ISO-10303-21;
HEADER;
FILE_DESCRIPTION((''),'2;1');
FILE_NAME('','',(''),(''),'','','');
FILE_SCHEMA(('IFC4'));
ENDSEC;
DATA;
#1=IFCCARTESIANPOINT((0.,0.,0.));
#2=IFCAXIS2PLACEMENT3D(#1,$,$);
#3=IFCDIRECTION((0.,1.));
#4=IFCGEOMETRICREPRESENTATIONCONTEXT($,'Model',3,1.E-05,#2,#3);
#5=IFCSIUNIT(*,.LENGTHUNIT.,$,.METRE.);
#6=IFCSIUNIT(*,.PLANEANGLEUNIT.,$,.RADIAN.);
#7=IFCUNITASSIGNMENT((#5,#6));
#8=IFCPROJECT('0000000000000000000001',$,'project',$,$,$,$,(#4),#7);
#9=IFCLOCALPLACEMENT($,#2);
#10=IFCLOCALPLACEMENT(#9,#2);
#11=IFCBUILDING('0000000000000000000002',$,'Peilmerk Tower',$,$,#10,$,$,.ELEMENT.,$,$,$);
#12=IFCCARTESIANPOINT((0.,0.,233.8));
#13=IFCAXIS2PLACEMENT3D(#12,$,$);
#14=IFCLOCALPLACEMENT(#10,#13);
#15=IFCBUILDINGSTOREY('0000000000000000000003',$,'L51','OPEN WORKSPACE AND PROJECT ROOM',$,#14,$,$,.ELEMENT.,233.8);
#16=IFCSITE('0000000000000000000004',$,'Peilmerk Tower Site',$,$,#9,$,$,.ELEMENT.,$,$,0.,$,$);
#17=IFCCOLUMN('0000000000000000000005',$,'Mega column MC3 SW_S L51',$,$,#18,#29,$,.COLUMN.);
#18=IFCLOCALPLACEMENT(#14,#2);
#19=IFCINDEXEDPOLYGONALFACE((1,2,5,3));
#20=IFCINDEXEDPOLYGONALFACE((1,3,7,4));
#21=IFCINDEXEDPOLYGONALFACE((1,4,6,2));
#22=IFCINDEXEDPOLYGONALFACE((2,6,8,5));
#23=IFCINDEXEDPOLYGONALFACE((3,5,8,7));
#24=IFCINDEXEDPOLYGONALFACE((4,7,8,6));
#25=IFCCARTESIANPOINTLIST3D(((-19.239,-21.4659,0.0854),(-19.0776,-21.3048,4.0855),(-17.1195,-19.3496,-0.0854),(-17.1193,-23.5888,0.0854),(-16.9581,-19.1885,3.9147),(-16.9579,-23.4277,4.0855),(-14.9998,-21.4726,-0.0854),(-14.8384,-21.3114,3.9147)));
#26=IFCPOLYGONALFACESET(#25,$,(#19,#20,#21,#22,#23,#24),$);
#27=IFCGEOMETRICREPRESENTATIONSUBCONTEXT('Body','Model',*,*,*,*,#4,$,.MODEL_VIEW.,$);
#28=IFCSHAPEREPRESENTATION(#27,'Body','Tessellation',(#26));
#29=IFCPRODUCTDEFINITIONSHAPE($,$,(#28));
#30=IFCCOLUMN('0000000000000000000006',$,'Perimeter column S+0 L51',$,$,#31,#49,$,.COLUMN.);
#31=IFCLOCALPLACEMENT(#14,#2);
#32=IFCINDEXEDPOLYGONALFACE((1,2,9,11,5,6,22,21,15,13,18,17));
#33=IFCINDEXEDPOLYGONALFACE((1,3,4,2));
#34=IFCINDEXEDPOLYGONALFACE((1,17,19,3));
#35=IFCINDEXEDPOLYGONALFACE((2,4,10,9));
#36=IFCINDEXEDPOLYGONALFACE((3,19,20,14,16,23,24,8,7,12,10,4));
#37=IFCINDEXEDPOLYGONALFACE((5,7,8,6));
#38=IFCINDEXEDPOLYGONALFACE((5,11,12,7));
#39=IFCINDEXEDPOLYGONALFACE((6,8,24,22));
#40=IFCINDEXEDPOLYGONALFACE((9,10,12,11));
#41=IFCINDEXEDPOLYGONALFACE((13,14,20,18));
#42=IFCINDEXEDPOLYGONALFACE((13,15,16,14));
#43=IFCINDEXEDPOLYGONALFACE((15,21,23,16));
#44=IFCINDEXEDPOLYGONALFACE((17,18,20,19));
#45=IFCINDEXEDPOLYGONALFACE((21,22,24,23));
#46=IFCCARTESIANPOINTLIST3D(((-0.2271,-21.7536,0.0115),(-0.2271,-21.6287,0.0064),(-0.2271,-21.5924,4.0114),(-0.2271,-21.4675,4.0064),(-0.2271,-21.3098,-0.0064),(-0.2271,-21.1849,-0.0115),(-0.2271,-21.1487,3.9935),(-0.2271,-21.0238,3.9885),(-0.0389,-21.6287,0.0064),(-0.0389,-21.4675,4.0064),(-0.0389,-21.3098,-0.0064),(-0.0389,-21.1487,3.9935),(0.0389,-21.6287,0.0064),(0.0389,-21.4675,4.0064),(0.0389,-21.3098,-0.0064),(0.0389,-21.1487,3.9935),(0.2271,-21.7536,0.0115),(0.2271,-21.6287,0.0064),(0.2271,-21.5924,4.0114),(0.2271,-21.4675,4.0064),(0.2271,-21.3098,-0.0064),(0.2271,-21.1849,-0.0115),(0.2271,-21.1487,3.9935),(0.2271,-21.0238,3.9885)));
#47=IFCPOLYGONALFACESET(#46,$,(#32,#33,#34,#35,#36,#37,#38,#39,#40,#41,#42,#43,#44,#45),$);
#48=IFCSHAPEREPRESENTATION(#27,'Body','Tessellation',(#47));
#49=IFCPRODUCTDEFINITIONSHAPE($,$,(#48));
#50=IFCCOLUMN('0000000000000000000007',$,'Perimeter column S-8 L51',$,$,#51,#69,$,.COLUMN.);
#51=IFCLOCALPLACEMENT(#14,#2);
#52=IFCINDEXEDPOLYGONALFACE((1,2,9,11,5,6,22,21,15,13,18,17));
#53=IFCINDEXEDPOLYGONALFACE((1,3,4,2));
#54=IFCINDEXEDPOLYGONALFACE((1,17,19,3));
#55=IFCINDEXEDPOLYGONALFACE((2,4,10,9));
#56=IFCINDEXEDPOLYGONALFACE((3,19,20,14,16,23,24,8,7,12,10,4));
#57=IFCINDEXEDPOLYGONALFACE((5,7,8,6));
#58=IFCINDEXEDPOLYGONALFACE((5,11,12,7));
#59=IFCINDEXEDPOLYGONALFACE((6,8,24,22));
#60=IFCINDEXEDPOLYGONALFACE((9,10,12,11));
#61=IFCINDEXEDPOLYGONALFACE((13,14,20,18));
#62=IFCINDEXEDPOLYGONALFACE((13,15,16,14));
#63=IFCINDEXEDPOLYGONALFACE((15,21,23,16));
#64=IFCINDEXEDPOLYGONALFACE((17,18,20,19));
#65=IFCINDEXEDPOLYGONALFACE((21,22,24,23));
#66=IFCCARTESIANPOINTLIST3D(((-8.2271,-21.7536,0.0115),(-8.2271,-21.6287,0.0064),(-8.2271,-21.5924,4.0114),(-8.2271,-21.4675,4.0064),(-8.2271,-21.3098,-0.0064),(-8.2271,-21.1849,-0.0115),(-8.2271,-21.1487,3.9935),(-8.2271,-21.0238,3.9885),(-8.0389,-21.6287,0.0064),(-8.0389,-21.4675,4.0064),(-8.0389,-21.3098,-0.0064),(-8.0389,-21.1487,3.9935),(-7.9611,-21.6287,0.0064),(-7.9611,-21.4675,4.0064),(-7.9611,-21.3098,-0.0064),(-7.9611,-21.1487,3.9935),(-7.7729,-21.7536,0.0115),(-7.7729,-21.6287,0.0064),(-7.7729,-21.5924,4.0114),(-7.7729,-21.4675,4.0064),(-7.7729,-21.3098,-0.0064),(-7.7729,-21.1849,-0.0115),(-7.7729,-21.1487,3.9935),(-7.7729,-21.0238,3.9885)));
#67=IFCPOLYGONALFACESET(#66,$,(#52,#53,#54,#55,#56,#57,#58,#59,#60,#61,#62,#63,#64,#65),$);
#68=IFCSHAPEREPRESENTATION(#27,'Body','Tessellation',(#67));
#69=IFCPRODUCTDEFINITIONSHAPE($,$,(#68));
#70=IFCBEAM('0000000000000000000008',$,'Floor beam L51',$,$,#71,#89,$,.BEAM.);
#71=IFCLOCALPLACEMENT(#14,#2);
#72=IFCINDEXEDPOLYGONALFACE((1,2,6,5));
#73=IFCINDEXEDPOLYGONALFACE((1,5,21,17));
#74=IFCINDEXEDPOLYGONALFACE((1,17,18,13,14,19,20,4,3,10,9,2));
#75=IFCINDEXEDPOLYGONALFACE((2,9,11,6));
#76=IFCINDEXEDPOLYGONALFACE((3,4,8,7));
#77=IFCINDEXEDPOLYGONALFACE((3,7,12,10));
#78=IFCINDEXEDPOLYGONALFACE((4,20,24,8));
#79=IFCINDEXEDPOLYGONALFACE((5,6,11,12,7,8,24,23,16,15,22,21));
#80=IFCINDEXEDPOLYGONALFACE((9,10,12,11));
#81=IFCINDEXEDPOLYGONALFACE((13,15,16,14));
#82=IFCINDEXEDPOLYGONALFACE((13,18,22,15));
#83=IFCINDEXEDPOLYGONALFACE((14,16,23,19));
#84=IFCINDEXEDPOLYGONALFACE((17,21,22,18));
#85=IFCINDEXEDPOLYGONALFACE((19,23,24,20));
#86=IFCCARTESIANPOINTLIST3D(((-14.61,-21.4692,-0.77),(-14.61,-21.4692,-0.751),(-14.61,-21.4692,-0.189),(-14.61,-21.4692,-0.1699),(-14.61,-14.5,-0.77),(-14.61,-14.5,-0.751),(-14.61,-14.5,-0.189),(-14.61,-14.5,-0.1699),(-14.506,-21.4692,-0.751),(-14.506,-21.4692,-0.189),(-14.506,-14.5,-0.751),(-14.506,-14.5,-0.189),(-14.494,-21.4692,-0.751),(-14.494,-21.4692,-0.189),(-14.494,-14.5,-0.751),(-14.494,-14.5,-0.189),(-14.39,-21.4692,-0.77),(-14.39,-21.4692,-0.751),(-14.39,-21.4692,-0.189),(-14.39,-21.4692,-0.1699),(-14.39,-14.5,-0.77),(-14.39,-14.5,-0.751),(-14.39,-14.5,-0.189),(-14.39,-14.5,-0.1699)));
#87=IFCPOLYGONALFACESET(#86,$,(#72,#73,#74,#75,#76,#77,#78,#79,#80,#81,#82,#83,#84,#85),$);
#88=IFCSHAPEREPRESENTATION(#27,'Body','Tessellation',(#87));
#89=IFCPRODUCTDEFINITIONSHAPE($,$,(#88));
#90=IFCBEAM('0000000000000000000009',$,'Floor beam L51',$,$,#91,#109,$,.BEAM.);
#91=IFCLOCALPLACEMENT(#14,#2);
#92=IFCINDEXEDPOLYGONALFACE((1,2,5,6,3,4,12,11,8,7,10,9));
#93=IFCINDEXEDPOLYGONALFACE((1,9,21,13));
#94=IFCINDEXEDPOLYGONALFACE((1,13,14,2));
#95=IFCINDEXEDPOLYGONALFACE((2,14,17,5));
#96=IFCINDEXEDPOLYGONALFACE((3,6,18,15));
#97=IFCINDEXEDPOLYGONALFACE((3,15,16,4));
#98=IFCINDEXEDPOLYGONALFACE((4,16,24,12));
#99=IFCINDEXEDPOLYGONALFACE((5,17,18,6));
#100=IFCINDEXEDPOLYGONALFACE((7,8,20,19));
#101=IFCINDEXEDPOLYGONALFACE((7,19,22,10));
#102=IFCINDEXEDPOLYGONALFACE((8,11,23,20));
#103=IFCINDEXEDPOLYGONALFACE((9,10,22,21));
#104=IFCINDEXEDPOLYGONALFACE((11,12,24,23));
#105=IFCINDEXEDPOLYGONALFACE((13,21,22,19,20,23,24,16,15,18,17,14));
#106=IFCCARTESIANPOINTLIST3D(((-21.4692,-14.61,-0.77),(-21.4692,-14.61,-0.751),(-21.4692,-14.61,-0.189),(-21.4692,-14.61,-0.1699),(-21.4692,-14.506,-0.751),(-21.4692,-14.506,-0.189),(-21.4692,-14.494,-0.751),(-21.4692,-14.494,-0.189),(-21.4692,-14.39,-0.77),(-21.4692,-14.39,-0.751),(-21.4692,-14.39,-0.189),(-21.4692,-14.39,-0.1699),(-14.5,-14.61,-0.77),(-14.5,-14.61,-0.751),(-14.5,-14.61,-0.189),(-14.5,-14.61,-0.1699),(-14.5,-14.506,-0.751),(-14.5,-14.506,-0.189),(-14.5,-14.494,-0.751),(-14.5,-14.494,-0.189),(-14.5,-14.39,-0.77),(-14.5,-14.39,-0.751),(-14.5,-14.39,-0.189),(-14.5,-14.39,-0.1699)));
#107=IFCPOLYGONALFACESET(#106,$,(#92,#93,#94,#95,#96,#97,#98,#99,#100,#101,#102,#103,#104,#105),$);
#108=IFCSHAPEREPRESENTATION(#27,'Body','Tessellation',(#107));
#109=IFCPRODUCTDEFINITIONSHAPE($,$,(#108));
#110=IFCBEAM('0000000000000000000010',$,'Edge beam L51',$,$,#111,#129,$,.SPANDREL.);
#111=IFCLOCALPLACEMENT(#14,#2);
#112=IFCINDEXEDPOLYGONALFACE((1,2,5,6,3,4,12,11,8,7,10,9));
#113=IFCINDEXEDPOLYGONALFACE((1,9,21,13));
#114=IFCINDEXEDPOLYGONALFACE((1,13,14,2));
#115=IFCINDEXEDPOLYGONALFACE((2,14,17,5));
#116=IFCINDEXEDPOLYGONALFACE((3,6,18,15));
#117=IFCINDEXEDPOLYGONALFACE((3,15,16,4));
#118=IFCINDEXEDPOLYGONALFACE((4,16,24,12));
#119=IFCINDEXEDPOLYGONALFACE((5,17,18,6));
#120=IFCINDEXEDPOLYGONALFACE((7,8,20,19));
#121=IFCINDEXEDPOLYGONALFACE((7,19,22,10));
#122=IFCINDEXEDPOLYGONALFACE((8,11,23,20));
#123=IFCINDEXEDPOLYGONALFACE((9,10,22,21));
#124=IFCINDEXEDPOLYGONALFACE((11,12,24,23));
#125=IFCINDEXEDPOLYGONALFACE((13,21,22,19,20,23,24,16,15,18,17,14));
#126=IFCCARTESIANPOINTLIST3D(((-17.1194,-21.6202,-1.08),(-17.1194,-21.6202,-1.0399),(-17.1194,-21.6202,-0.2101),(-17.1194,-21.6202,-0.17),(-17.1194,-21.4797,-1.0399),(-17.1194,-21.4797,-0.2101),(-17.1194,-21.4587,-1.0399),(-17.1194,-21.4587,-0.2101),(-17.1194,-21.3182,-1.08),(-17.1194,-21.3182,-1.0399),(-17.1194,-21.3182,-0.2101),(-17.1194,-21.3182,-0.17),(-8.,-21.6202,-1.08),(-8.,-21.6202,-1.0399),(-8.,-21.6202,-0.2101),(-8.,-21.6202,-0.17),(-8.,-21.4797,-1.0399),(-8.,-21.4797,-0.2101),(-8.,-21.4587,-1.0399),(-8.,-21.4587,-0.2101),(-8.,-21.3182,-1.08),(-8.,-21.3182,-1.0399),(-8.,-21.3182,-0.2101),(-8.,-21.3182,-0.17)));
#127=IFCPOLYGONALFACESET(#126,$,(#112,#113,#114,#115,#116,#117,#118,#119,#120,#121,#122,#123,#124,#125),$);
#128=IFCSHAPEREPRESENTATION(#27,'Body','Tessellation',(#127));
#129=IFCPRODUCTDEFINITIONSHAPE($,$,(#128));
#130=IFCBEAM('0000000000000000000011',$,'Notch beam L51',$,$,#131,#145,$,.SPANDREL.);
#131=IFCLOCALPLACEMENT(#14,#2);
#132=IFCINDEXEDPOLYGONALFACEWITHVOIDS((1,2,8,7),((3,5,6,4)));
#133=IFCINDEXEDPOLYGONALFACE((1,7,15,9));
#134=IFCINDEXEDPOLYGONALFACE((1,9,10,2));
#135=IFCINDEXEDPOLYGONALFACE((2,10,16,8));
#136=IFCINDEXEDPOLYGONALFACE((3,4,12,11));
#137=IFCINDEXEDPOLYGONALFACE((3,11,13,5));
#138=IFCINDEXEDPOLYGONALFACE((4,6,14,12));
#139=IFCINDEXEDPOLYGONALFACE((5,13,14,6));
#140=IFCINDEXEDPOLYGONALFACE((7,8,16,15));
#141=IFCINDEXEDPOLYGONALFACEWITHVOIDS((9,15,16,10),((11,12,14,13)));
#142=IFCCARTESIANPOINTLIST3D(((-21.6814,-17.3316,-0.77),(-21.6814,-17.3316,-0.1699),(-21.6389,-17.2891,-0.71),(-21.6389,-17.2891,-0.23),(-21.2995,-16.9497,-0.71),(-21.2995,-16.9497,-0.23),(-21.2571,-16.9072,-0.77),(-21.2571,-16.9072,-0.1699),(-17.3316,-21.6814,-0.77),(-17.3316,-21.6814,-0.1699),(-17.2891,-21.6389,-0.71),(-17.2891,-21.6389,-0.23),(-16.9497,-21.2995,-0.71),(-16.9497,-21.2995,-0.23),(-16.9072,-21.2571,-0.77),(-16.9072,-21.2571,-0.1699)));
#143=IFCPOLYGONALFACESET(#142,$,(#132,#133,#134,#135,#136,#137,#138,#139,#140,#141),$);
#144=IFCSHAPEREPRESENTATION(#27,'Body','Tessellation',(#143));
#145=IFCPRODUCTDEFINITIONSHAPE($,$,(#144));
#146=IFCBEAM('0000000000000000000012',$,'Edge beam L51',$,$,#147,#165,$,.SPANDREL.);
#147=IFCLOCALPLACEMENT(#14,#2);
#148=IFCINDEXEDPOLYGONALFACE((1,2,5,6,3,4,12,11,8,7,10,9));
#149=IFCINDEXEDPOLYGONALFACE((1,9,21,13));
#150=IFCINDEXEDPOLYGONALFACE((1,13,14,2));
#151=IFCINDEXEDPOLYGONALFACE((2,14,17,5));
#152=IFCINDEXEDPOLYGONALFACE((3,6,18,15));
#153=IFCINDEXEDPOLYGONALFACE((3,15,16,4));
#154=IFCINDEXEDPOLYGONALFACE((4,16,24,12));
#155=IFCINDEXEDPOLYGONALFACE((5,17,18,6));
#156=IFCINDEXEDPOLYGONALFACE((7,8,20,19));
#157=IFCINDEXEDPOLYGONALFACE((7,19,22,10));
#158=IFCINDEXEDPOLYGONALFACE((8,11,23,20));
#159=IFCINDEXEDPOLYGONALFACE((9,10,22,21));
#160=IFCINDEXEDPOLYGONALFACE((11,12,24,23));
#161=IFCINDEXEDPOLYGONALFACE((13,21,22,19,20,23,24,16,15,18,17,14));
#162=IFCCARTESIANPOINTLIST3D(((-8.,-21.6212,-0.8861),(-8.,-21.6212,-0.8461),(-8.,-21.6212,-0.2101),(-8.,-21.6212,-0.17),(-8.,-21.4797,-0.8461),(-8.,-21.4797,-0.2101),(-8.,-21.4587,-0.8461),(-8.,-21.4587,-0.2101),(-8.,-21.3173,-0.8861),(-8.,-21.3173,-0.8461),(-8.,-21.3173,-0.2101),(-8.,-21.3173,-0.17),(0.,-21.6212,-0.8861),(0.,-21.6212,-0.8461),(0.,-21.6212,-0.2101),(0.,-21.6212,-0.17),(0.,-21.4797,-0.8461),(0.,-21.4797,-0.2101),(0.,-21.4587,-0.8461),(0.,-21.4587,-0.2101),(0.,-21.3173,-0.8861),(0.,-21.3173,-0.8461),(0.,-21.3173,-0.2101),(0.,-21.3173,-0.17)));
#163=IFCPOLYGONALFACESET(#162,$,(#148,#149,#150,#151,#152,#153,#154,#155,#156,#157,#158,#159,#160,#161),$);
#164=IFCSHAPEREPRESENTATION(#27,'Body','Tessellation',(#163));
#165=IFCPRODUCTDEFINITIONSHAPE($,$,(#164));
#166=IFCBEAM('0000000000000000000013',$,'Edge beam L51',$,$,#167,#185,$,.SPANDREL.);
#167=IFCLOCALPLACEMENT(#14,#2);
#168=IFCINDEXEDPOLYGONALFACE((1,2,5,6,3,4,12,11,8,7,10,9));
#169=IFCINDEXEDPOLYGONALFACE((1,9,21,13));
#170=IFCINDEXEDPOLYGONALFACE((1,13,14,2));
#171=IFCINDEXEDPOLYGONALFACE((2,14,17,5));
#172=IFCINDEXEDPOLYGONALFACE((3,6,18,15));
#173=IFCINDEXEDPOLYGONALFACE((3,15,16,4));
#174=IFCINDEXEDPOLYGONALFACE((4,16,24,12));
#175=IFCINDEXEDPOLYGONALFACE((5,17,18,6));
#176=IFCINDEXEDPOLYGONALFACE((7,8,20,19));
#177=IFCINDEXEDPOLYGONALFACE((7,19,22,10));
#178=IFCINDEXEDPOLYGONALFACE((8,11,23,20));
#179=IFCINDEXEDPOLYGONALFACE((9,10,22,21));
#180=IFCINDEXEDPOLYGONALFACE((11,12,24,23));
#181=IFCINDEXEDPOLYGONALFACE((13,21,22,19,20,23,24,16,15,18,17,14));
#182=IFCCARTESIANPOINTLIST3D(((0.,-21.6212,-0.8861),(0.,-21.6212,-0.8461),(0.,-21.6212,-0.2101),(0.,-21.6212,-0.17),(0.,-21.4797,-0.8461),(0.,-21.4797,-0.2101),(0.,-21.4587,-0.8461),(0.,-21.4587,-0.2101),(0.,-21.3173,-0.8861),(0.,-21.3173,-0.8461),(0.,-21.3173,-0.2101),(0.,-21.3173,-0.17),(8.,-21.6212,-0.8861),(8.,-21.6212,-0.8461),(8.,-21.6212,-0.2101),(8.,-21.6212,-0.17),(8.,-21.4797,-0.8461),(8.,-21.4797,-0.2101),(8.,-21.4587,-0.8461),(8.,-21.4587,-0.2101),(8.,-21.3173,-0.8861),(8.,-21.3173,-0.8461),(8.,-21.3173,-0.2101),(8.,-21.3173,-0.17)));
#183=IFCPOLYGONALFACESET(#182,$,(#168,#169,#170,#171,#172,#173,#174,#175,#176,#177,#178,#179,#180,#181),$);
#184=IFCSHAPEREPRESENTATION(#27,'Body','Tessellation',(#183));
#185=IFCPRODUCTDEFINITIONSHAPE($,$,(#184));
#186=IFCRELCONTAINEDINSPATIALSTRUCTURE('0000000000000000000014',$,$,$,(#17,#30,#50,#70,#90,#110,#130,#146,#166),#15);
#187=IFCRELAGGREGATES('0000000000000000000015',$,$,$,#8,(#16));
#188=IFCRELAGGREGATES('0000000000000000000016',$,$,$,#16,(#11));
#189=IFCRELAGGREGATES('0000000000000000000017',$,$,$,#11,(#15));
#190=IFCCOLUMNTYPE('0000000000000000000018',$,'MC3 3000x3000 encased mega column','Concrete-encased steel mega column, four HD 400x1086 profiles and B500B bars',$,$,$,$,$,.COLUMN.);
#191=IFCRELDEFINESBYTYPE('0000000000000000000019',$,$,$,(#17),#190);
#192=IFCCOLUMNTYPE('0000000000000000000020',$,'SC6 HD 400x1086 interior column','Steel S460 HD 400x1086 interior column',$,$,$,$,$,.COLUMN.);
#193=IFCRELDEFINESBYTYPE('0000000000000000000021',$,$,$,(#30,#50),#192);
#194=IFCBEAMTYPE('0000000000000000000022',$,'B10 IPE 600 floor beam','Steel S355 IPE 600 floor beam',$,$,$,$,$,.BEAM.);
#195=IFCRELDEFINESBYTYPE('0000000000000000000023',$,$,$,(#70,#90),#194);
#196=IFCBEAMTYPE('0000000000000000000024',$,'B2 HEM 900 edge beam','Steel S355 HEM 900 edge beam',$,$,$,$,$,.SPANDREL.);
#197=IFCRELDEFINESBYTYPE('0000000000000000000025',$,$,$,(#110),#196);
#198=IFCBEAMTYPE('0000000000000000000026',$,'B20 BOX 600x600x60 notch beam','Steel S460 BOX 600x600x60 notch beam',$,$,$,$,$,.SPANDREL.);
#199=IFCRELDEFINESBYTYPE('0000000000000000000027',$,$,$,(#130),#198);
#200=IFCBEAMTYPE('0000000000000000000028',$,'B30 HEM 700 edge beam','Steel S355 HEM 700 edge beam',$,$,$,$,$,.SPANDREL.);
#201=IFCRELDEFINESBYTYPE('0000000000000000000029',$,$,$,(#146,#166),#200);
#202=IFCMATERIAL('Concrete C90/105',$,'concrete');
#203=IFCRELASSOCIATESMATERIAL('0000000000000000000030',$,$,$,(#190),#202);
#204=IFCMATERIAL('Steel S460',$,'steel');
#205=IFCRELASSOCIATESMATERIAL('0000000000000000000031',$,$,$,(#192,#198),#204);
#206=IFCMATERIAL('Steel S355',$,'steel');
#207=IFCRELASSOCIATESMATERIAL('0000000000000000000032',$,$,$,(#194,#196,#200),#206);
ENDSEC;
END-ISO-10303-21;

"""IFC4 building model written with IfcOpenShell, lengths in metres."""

from ifc_helpers import new_model, si_unit, direction, frame, origin, origin_2d, place, context, subcontext, project, spatial, rectangle, hollow_rectangle, i_section, extrude, material, material_profile, profile_set, type_object, element, save


model = new_model("IFC4")

# Units and contexts
model_context = context("Model", 3, precision=1e-05, world=origin(), true_north=direction((0.0, 1.0)))
body_context = subcontext(model_context, "Body", "Model", "MODEL_VIEW")
ifc_project = project(units=[si_unit("LENGTHUNIT", "METRE"), si_unit("PLANEANGLEUNIT", "RADIAN")], contexts=[model_context])

# Site, building, storey
site_placement = place(None, origin())
site = spatial("IfcSite", under=ifc_project, at=site_placement, Name="Peilmerk Tower Site", CompositionType="ELEMENT", RefElevation=0.0)
building_placement = place(site_placement, origin())
building = spatial("IfcBuilding", under=site, at=building_placement, Name="Peilmerk Tower", CompositionType="ELEMENT")
storey_placement = place(building_placement, frame((0.0, 0.0, 233.8)))
storey = spatial("IfcBuildingStorey", under=building, at=storey_placement, Name="L51", Description="OPEN WORKSPACE AND PROJECT ROOM", CompositionType="ELEMENT", Elevation=233.8)

# Columns
ifc_material_1 = material(Name="Concrete C90/105", Category="concrete")
ifc_material_profile_1 = material_profile(ifc_material_1, rectangle(XDim=3.0, YDim=3.0, at=origin_2d()), Name="RC 3000x3000")
ifc_profile_set_1 = profile_set([ifc_material_profile_1], Name="Concrete C90/105")
column_type_1 = type_object("IfcColumnType", Name="MC3 3000x3000 encased mega column", Description="Concrete-encased steel mega column, four HD 400x1086 profiles and B500B bars", PredefinedType="COLUMN", material=ifc_profile_set_1)
column_placement = place(storey_placement, frame((-17.1194, -21.4692, 0.0), z_axis=(0.040279, 0.040218, 0.998379), x_axis=(-0.706571, 0.707642, 0.0)))
element("IfcColumn", 1, at=column_placement, inside=storey, type_object=column_type_1, Name="Mega column MC3 SW_S L51", PredefinedType="COLUMN", context=body_context, shape_type="SweptSolid", body=[
    extrude(rectangle(XDim=3.0, YDim=3.0, at=origin_2d()), origin(), (0.0, 0.0, 1.0), 4.0066),
])
ifc_material_2 = material(Name="Steel S460", Category="steel")
ifc_material_profile_2 = material_profile(ifc_material_2, i_section(OverallWidth=0.4541, OverallDepth=0.5691, WebThickness=0.0779, FlangeThickness=0.125, at=origin_2d()), Name="HD 400x1086")
ifc_profile_set_2 = profile_set([ifc_material_profile_2], Name="Steel S460")
column_type_2 = type_object("IfcColumnType", Name="SC6 HD 400x1086 interior column", Description="Steel S460 HD 400x1086 interior column", PredefinedType="COLUMN", material=ifc_profile_set_2)
for number, where, z_axis, x_axis, name in (
    (2, (0.0, -21.4692, 0.0), (0.0, 0.040251, 0.99919), (-1.0, 0.0, 0.0), "Perimeter column S+0 L51"),
    (3, (-8.0, -21.4692, 0.0), (0.0, 0.040251, 0.99919), (-1.0, 0.0, 0.0), "Perimeter column S-8 L51"),
):
    element("IfcColumn", number, at=place(storey_placement, frame(where, z_axis=z_axis, x_axis=x_axis)), inside=storey, type_object=column_type_2, Name=name, PredefinedType="COLUMN", context=body_context, shape_type="SweptSolid", body=[
        extrude(i_section(OverallWidth=0.4541, OverallDepth=0.5691, WebThickness=0.0779, FlangeThickness=0.125, at=origin_2d()), origin(), (0.0, 0.0, 1.0), 4.0032),
    ])

# Beams
ifc_material_3 = material(Name="Steel S355", Category="steel")
ifc_material_profile_3 = material_profile(ifc_material_3, i_section(OverallWidth=0.22, OverallDepth=0.6001, WebThickness=0.012, FlangeThickness=0.019, at=origin_2d()), Name="IPE 600")
ifc_profile_set_3 = profile_set([ifc_material_profile_3], Name="Steel S355")
beam_type_1 = type_object("IfcBeamType", Name="B10 IPE 600 floor beam", Description="Steel S355 IPE 600 floor beam", PredefinedType="BEAM", material=ifc_profile_set_3)
for number, where, z_axis, x_axis, name in (
    (4, (-14.5, -14.5, -0.47), (0.0, -1.0, 0.0), (1.0, 0.0, 0.0), "Floor beam L51"),
    (5, (-14.5, -14.5, -0.47), (-1.0, 0.0, 0.0), (0.0, -1.0, 0.0), "Floor beam L51"),
):
    element("IfcBeam", number, at=place(storey_placement, frame(where, z_axis=z_axis, x_axis=x_axis)), inside=storey, type_object=beam_type_1, Name=name, PredefinedType="BEAM", context=body_context, shape_type="SweptSolid", body=[
        extrude(i_section(OverallWidth=0.22, OverallDepth=0.6001, WebThickness=0.012, FlangeThickness=0.019, at=origin_2d()), origin(), (0.0, 0.0, 1.0), 6.9692),
    ])
ifc_material_profile_4 = material_profile(ifc_material_3, i_section(OverallWidth=0.302, OverallDepth=0.9099, WebThickness=0.021, FlangeThickness=0.04, at=origin_2d()), Name="HEM 900")
ifc_profile_set_4 = profile_set([ifc_material_profile_4], Name="Steel S355")
beam_type_2 = type_object("IfcBeamType", Name="B2 HEM 900 edge beam", Description="Steel S355 HEM 900 edge beam", PredefinedType="SPANDREL", material=ifc_profile_set_4)
beam_1_placement = place(storey_placement, frame((-17.1194, -21.4692, -0.625), z_axis=(1.0, 0.0, 0.0), x_axis=(0.0, 1.0, 0.0)))
element("IfcBeam", 6, at=beam_1_placement, inside=storey, type_object=beam_type_2, Name="Edge beam L51", PredefinedType="SPANDREL", context=body_context, shape_type="SweptSolid", body=[
    extrude(i_section(OverallWidth=0.302, OverallDepth=0.9099, WebThickness=0.021, FlangeThickness=0.04, at=origin_2d()), origin(), (0.0, 0.0, 1.0), 9.1194),
])
ifc_material_profile_5 = material_profile(ifc_material_2, hollow_rectangle(XDim=0.6001, YDim=0.6001, WallThickness=0.0601, at=origin_2d()), Name="BOX 600x600x60")
ifc_profile_set_5 = profile_set([ifc_material_profile_5], Name="Steel S460")
beam_type_3 = type_object("IfcBeamType", Name="B20 BOX 600x600x60 notch beam", Description="Steel S460 BOX 600x600x60 notch beam", PredefinedType="SPANDREL", material=ifc_profile_set_5)
beam_2_placement = place(storey_placement, frame((-17.1194, -21.4692, -0.47), z_axis=(-0.707107, 0.707107, 0.0), x_axis=(-0.707107, -0.707107, 0.0)))
element("IfcBeam", 7, at=beam_2_placement, inside=storey, type_object=beam_type_3, Name="Notch beam L51", PredefinedType="SPANDREL", context=body_context, shape_type="SweptSolid", body=[
    extrude(hollow_rectangle(XDim=0.6001, YDim=0.6001, WallThickness=0.0601, at=origin_2d()), origin(), (0.0, 0.0, 1.0), 6.1516),
])
ifc_material_profile_6 = material_profile(ifc_material_3, i_section(OverallWidth=0.304, OverallDepth=0.7161, WebThickness=0.021, FlangeThickness=0.04, at=origin_2d()), Name="HEM 700")
ifc_profile_set_6 = profile_set([ifc_material_profile_6], Name="Steel S355")
beam_type_4 = type_object("IfcBeamType", Name="B30 HEM 700 edge beam", Description="Steel S355 HEM 700 edge beam", PredefinedType="SPANDREL", material=ifc_profile_set_6)
for number, where, z_axis, x_axis, name in (
    (8, (-8.0, -21.4692, -0.5281), (1.0, 0.0, 0.0), (0.0, 1.0, 0.0), "Edge beam L51"),
    (9, (0.0, -21.4692, -0.5281), (1.0, 0.0, 0.0), (0.0, 1.0, 0.0), "Edge beam L51"),
):
    element("IfcBeam", number, at=place(storey_placement, frame(where, z_axis=z_axis, x_axis=x_axis)), inside=storey, type_object=beam_type_4, Name=name, PredefinedType="SPANDREL", context=body_context, shape_type="SweptSolid", body=[
        extrude(i_section(OverallWidth=0.304, OverallDepth=0.7161, WebThickness=0.021, FlangeThickness=0.04, at=origin_2d()), origin(), (0.0, 0.0, 1.0), 8.0),
    ])

save(model, "model.ifc")
